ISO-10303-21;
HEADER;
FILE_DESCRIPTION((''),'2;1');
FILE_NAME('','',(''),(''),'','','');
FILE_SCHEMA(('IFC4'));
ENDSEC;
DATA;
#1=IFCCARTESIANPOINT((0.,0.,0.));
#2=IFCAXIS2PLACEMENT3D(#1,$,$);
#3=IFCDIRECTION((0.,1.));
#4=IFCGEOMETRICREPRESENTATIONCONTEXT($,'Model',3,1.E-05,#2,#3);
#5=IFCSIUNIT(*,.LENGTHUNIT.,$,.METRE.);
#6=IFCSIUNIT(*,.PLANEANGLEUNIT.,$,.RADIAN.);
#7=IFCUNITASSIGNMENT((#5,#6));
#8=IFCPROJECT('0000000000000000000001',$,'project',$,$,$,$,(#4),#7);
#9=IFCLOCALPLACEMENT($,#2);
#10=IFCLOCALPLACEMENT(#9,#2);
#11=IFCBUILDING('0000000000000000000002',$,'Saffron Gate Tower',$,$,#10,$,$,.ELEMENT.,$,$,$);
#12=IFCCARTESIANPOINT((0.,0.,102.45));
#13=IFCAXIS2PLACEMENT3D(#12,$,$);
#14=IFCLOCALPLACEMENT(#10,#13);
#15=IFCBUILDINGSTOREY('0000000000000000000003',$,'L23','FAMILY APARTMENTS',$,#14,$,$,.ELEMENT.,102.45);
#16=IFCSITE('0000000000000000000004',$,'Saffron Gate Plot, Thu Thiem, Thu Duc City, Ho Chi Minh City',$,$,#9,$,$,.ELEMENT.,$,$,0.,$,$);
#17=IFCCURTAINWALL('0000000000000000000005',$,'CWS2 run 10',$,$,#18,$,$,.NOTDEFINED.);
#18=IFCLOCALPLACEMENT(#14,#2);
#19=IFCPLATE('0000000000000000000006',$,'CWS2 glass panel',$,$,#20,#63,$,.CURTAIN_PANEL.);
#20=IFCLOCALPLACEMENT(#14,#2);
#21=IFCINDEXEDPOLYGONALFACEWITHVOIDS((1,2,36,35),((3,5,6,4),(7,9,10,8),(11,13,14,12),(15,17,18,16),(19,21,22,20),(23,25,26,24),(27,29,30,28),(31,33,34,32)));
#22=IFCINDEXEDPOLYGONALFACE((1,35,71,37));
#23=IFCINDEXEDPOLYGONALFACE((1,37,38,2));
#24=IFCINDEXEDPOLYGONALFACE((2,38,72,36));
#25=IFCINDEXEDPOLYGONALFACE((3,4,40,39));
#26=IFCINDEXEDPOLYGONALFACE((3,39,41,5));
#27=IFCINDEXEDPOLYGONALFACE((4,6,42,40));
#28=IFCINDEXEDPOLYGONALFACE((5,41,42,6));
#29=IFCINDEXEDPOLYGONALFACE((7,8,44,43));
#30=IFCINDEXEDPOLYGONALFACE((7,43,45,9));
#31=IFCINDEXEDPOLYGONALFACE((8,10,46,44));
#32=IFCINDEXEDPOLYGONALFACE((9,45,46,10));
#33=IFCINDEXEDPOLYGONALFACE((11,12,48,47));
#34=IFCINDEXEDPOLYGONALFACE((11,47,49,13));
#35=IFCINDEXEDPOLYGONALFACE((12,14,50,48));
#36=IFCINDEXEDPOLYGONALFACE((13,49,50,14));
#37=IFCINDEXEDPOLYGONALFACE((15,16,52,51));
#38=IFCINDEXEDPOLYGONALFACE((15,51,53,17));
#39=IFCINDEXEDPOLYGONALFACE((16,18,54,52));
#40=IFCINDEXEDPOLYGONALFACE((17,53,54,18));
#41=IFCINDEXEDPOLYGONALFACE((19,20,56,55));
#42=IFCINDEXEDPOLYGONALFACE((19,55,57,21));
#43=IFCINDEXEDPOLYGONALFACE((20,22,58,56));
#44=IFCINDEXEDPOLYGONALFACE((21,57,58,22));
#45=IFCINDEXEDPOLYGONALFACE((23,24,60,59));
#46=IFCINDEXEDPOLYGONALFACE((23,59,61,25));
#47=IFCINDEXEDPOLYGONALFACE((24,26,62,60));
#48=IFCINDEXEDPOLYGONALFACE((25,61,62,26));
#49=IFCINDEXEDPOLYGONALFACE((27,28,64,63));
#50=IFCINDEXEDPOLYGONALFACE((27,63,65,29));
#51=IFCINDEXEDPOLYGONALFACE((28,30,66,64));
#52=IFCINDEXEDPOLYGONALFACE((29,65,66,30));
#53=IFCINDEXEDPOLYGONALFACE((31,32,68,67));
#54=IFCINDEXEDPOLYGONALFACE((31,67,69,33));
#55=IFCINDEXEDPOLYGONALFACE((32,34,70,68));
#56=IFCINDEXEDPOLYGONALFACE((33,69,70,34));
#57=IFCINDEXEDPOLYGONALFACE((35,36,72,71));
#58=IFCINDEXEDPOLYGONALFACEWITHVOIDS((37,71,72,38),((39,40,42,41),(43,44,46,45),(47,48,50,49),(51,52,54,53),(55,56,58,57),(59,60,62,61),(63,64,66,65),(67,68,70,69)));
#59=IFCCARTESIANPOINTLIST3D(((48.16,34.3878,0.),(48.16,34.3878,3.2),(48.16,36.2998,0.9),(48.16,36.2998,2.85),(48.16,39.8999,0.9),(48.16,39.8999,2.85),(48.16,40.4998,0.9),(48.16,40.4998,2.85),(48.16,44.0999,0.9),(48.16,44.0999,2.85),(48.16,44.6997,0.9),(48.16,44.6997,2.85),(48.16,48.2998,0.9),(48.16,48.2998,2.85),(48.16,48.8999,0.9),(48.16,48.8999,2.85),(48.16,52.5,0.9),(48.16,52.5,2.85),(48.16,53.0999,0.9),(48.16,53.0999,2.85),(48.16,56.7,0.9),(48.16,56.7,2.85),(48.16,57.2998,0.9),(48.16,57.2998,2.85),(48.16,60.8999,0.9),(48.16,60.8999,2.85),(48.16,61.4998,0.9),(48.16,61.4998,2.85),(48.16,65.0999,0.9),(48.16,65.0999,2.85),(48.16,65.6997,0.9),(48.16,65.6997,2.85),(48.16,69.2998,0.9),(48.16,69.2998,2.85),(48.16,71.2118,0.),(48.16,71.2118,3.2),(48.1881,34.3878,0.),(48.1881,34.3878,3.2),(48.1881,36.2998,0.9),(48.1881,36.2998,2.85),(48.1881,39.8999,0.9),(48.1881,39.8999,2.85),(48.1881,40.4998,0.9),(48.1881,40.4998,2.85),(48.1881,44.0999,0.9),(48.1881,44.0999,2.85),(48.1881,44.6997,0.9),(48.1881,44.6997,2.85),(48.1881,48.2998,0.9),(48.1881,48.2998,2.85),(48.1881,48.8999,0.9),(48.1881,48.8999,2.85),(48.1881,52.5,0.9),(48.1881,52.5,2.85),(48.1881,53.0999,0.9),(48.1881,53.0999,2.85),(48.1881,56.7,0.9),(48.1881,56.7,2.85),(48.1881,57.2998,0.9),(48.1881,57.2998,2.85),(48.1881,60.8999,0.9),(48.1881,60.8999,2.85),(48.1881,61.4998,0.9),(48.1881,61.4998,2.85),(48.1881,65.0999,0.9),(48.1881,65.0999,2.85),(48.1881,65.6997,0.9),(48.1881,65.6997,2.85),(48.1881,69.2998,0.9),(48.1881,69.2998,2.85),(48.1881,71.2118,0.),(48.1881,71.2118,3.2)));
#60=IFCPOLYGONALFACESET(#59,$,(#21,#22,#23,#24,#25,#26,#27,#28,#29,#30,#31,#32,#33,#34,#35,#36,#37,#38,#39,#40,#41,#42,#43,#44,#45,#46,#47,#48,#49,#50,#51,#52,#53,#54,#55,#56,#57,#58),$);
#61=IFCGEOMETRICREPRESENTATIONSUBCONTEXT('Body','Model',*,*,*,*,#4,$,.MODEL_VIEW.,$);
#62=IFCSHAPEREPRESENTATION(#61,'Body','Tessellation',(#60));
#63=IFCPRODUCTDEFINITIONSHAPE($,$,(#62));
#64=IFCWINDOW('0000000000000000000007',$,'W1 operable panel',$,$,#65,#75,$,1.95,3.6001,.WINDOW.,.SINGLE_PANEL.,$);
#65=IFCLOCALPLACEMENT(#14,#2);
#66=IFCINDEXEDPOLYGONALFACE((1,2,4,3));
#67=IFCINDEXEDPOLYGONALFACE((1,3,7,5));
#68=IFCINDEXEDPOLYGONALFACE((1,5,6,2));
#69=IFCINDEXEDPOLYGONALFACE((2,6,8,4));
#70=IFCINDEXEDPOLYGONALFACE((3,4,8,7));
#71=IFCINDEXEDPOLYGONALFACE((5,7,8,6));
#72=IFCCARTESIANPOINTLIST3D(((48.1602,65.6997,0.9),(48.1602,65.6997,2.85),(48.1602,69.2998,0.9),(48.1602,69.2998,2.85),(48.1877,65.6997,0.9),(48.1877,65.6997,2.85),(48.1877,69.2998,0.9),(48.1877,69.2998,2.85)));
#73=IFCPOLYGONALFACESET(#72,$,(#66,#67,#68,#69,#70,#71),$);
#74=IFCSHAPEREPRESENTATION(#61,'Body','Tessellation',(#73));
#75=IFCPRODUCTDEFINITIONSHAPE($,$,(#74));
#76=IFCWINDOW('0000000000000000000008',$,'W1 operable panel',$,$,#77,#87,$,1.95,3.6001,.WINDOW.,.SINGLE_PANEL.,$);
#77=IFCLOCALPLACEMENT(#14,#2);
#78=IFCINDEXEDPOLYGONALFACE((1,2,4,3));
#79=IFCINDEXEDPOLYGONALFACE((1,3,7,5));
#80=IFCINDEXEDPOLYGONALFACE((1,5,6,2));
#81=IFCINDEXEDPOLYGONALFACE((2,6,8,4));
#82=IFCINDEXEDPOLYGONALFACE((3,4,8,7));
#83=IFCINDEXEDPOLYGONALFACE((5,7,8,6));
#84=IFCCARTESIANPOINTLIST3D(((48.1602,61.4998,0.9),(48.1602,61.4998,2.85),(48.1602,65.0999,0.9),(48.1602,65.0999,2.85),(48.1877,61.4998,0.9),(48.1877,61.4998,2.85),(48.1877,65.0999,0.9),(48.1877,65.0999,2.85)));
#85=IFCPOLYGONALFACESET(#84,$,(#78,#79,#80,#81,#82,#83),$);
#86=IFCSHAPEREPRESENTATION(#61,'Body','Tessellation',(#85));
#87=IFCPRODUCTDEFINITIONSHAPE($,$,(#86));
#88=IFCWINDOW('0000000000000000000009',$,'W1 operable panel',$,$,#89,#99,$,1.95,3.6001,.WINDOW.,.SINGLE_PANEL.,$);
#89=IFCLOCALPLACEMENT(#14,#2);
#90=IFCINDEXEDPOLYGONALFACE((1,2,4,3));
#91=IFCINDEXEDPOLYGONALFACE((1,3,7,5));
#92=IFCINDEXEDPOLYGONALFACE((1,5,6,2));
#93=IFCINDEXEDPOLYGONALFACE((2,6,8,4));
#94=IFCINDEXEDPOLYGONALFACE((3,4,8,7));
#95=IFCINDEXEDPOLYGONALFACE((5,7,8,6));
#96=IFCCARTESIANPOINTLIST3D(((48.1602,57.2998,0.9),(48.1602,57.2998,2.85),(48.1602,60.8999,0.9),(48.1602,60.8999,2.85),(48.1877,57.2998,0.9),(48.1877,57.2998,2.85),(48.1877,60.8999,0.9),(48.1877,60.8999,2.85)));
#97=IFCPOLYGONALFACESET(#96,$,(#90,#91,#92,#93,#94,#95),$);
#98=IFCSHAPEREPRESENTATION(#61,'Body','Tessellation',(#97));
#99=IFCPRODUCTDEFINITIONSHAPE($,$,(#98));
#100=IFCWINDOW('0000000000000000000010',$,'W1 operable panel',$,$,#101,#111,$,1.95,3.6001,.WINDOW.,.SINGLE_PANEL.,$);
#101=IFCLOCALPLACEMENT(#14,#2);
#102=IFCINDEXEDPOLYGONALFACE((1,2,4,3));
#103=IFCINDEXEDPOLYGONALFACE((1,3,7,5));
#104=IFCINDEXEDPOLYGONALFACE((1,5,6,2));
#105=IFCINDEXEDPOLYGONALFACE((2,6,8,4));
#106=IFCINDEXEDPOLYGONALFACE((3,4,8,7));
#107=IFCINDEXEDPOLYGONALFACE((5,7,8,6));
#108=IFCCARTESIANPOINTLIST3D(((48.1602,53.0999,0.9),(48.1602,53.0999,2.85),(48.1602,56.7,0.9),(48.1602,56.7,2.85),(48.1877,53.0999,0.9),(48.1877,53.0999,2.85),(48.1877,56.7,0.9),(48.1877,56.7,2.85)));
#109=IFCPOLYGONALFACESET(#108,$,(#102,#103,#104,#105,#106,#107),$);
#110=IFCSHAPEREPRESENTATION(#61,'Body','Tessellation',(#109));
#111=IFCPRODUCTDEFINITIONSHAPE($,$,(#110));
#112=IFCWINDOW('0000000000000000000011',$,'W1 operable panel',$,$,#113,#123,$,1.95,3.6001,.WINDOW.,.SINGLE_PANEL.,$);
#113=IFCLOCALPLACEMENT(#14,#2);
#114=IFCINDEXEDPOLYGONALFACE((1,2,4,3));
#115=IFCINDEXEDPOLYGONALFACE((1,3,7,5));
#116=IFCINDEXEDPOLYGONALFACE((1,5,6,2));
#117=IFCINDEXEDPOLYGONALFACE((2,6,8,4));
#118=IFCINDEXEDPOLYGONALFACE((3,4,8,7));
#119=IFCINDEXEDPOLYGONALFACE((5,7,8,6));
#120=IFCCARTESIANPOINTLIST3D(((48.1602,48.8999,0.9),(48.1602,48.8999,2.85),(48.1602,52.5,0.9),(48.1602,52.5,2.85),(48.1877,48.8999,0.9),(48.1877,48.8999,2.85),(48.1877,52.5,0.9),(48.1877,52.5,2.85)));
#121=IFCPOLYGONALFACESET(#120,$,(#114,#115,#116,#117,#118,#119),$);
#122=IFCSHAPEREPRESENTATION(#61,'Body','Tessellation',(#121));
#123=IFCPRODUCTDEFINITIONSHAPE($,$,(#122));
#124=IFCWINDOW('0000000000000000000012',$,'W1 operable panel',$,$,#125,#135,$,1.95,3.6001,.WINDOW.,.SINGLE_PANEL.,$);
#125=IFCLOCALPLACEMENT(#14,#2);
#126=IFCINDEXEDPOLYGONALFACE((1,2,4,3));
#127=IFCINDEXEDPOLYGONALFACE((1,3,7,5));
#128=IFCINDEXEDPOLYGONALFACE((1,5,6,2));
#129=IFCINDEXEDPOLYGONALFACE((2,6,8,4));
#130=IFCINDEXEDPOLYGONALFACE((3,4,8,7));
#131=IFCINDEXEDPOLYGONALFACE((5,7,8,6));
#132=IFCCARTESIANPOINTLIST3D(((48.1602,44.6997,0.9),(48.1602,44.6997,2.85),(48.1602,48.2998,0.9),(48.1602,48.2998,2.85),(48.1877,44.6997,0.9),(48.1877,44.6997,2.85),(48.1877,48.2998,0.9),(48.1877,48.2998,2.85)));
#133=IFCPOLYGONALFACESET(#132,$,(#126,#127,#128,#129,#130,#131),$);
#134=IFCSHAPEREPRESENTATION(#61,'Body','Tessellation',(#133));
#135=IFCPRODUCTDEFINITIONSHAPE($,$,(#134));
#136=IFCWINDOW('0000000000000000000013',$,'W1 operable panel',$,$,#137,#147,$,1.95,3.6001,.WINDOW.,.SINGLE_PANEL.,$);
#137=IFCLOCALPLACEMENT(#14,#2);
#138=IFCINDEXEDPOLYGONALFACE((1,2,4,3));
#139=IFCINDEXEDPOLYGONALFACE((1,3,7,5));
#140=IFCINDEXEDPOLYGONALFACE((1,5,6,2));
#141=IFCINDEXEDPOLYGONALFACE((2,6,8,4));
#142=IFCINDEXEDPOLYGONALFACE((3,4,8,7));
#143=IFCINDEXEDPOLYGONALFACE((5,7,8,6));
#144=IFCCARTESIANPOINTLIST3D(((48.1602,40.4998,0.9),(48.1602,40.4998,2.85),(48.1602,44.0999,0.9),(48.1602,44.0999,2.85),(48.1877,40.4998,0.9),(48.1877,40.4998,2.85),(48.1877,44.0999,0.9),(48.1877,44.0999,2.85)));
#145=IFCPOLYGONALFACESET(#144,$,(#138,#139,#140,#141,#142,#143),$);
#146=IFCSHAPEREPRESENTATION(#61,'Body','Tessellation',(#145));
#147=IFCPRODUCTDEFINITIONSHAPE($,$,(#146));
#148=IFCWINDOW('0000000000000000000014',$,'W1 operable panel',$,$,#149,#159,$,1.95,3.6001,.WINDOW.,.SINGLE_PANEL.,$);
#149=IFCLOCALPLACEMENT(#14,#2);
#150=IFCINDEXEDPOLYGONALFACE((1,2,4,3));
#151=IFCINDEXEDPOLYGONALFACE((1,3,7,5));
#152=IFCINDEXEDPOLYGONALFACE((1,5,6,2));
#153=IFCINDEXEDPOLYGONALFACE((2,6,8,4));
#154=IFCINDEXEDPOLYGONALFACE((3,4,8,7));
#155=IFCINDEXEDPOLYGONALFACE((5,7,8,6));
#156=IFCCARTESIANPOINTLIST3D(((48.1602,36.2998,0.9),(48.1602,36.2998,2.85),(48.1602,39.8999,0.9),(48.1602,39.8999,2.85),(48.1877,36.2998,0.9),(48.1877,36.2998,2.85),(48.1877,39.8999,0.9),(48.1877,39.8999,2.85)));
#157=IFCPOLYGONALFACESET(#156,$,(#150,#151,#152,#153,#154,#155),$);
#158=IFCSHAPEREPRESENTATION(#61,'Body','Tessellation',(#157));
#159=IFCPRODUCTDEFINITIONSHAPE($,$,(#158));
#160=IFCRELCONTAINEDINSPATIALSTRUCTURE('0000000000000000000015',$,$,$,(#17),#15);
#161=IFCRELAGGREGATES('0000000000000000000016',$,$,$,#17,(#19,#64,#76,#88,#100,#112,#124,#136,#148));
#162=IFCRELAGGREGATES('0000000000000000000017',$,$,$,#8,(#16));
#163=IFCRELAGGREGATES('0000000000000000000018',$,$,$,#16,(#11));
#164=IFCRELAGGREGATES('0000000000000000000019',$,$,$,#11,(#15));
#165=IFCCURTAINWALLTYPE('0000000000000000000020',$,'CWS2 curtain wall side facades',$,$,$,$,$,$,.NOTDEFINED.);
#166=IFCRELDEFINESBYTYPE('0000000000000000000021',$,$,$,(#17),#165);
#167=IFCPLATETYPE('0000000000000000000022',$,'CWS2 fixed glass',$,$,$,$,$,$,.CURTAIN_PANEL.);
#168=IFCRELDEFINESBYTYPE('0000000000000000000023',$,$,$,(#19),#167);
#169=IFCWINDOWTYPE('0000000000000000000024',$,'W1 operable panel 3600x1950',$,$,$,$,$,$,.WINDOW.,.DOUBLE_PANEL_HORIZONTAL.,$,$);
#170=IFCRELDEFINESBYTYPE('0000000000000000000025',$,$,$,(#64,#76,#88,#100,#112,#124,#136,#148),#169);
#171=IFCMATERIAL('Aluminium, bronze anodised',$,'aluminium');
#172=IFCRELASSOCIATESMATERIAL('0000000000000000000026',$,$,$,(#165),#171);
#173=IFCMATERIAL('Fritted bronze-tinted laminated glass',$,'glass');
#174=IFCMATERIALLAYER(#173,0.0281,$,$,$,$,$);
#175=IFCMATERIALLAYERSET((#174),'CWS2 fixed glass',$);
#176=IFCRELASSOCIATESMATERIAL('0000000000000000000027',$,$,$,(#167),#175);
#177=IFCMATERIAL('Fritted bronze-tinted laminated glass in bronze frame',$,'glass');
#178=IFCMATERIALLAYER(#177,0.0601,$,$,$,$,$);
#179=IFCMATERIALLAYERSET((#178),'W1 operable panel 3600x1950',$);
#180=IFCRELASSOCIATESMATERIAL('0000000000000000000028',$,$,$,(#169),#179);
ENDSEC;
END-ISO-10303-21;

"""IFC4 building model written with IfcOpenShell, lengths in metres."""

from ifc_helpers import new_model, si_unit, direction, frame, frame_2d, origin, place, context, subcontext, project, spatial, rectangle, extrude, material, layer, layer_set, type_object, element, fill, aggregate, save


model = new_model("IFC4")

# Units and contexts
model_context = context("Model", 3, precision=1e-05, world=origin(), true_north=direction((0.0, 1.0)))
body_context = subcontext(model_context, "Body", "Model", "MODEL_VIEW")
ifc_project = project(units=[si_unit("LENGTHUNIT", "METRE"), si_unit("PLANEANGLEUNIT", "RADIAN")], contexts=[model_context])

# Site, building, storey
site_placement = place(None, origin())
site = spatial("IfcSite", under=ifc_project, at=site_placement, Name="Saffron Gate Plot, Thu Thiem, Thu Duc City, Ho Chi Minh City", CompositionType="ELEMENT", RefElevation=0.0)
building_placement = place(site_placement, origin())
building = spatial("IfcBuilding", under=site, at=building_placement, Name="Saffron Gate Tower", CompositionType="ELEMENT")
storey_placement = place(building_placement, frame((0.0, 0.0, 102.45)))
storey = spatial("IfcBuildingStorey", under=building, at=storey_placement, Name="L23", Description="FAMILY APARTMENTS", CompositionType="ELEMENT", Elevation=102.45)

# Curtain wall
ifc_material_1 = material(Name="Aluminium, bronze anodised", Category="aluminium")
curtain_wall_type_1 = type_object("IfcCurtainWallType", Name="CWS2 curtain wall side facades", PredefinedType="NOTDEFINED", material=ifc_material_1)
curtain_wall_1_placement = place(storey_placement, origin())
curtain_wall_1 = element("IfcCurtainWall", 1, at=curtain_wall_1_placement, inside=storey, type_object=curtain_wall_type_1, Name="CWS2 run 10", PredefinedType="NOTDEFINED")

# Plate, openings, windows
ifc_material_2 = material(Name="Fritted bronze-tinted laminated glass", Category="glass")
ifc_layer_1 = layer(ifc_material_2, 0.0281)
ifc_layer_set_1 = layer_set([ifc_layer_1], Name="CWS2 fixed glass")
plate_type = type_object("IfcPlateType", Name="CWS2 fixed glass", PredefinedType="CURTAIN_PANEL", material=ifc_layer_set_1)
plate_placement = place(storey_placement, frame((48.1741, 71.2119, 0.0), z_axis=(0.0, 0.0, 1.0), x_axis=(0.0, -1.0, 0.0)))
plate = element("IfcPlate", 2, at=plate_placement, type_object=plate_type, Name="CWS2 glass panel", PredefinedType="CURTAIN_PANEL", context=body_context, shape_type="SweptSolid", body=[
    extrude(rectangle(XDim=36.824, YDim=0.0281, at=frame_2d((18.4121, 0.0))), origin(), (0.0, 0.0, 1.0), 3.2),
])
opening_1_placement = place(plate_placement, frame((1.9121, 0.0, 0.8999)))
opening_1 = element("IfcOpeningElement", 3, at=opening_1_placement, cuts=plate, PredefinedType="OPENING", context=body_context, shape_type="SweptSolid", body=[
    extrude(rectangle(XDim=3.6001, YDim=1.95, at=frame_2d((1.8, 0.9751))), frame((0.0, 0.0239, 0.0), z_axis=(0.0, -1.0, 0.0), x_axis=(1.0, 0.0, 0.0)), (0.0, 0.0, 1.0), 0.0481),
])
opening_2_placement = place(plate_placement, frame((6.1121, 0.0, 0.8999)))
opening_2 = element("IfcOpeningElement", 4, at=opening_2_placement, cuts=plate, PredefinedType="OPENING", context=body_context, shape_type="SweptSolid", body=[
    extrude(rectangle(XDim=3.6001, YDim=1.95, at=frame_2d((1.8, 0.9751))), frame((0.0, 0.0239, 0.0), z_axis=(0.0, -1.0, 0.0), x_axis=(1.0, 0.0, 0.0)), (0.0, 0.0, 1.0), 0.0481),
])
opening_3_placement = place(plate_placement, frame((10.312, 0.0, 0.8999)))
opening_3 = element("IfcOpeningElement", 5, at=opening_3_placement, cuts=plate, PredefinedType="OPENING", context=body_context, shape_type="SweptSolid", body=[
    extrude(rectangle(XDim=3.6001, YDim=1.95, at=frame_2d((1.8, 0.9751))), frame((0.0, 0.0239, 0.0), z_axis=(0.0, -1.0, 0.0), x_axis=(1.0, 0.0, 0.0)), (0.0, 0.0, 1.0), 0.0481),
])
opening_4_placement = place(plate_placement, frame((14.512, 0.0, 0.8999)))
opening_4 = element("IfcOpeningElement", 6, at=opening_4_placement, cuts=plate, PredefinedType="OPENING", context=body_context, shape_type="SweptSolid", body=[
    extrude(rectangle(XDim=3.6001, YDim=1.95, at=frame_2d((1.8, 0.9751))), frame((0.0, 0.0239, 0.0), z_axis=(0.0, -1.0, 0.0), x_axis=(1.0, 0.0, 0.0)), (0.0, 0.0, 1.0), 0.0481),
])
opening_5_placement = place(plate_placement, frame((18.7119, 0.0, 0.8999)))
opening_5 = element("IfcOpeningElement", 7, at=opening_5_placement, cuts=plate, PredefinedType="OPENING", context=body_context, shape_type="SweptSolid", body=[
    extrude(rectangle(XDim=3.6001, YDim=1.95, at=frame_2d((1.8, 0.9751))), frame((0.0, 0.0239, 0.0), z_axis=(0.0, -1.0, 0.0), x_axis=(1.0, 0.0, 0.0)), (0.0, 0.0, 1.0), 0.0481),
])
opening_6_placement = place(plate_placement, frame((22.9121, 0.0, 0.8999)))
opening_6 = element("IfcOpeningElement", 8, at=opening_6_placement, cuts=plate, PredefinedType="OPENING", context=body_context, shape_type="SweptSolid", body=[
    extrude(rectangle(XDim=3.6001, YDim=1.95, at=frame_2d((1.8, 0.9751))), frame((0.0, 0.0239, 0.0), z_axis=(0.0, -1.0, 0.0), x_axis=(1.0, 0.0, 0.0)), (0.0, 0.0, 1.0), 0.0481),
])
opening_7_placement = place(plate_placement, frame((27.1121, 0.0, 0.8999)))
opening_7 = element("IfcOpeningElement", 9, at=opening_7_placement, cuts=plate, PredefinedType="OPENING", context=body_context, shape_type="SweptSolid", body=[
    extrude(rectangle(XDim=3.6001, YDim=1.95, at=frame_2d((1.8, 0.9751))), frame((0.0, 0.0239, 0.0), z_axis=(0.0, -1.0, 0.0), x_axis=(1.0, 0.0, 0.0)), (0.0, 0.0, 1.0), 0.0481),
])
opening_8_placement = place(plate_placement, frame((31.312, 0.0, 0.8999)))
opening_8 = element("IfcOpeningElement", 10, at=opening_8_placement, cuts=plate, PredefinedType="OPENING", context=body_context, shape_type="SweptSolid", body=[
    extrude(rectangle(XDim=3.6001, YDim=1.95, at=frame_2d((1.8, 0.9751))), frame((0.0, 0.0239, 0.0), z_axis=(0.0, -1.0, 0.0), x_axis=(1.0, 0.0, 0.0)), (0.0, 0.0, 1.0), 0.0481),
])
ifc_material_3 = material(Name="Fritted bronze-tinted laminated glass in bronze frame", Category="glass")
ifc_layer_2 = layer(ifc_material_3, 0.0601)
ifc_layer_set_2 = layer_set([ifc_layer_2], Name="W1 operable panel 3600x1950")
window_type = type_object("IfcWindowType", Name="W1 operable panel 3600x1950", PartitioningType="DOUBLE_PANEL_HORIZONTAL", PredefinedType="WINDOW", material=ifc_layer_set_2)
window_1_placement = place(opening_1_placement, origin())
window_1 = element("IfcWindow", 11, at=window_1_placement, type_object=window_type, Name="W1 operable panel", OverallHeight=1.95, OverallWidth=3.6001, PartitioningType="SINGLE_PANEL", PredefinedType="WINDOW", context=body_context, shape_type="SweptSolid", body=[
    extrude(rectangle(XDim=3.6001, YDim=1.95, at=frame_2d((1.8, 0.9751))), frame((0.0, 0.0137, 0.0), z_axis=(0.0, -1.0, 0.0), x_axis=(1.0, 0.0, 0.0)), (0.0, 0.0, 1.0), 0.0276),
])
fill(opening_1, window_1)
window_2_placement = place(opening_2_placement, origin())
window_2 = element("IfcWindow", 12, at=window_2_placement, type_object=window_type, Name="W1 operable panel", OverallHeight=1.95, OverallWidth=3.6001, PartitioningType="SINGLE_PANEL", PredefinedType="WINDOW", context=body_context, shape_type="SweptSolid", body=[
    extrude(rectangle(XDim=3.6001, YDim=1.95, at=frame_2d((1.8, 0.9751))), frame((0.0, 0.0137, 0.0), z_axis=(0.0, -1.0, 0.0), x_axis=(1.0, 0.0, 0.0)), (0.0, 0.0, 1.0), 0.0276),
])
fill(opening_2, window_2)
window_3_placement = place(opening_3_placement, origin())
window_3 = element("IfcWindow", 13, at=window_3_placement, type_object=window_type, Name="W1 operable panel", OverallHeight=1.95, OverallWidth=3.6001, PartitioningType="SINGLE_PANEL", PredefinedType="WINDOW", context=body_context, shape_type="SweptSolid", body=[
    extrude(rectangle(XDim=3.6001, YDim=1.95, at=frame_2d((1.8, 0.9751))), frame((0.0, 0.0137, 0.0), z_axis=(0.0, -1.0, 0.0), x_axis=(1.0, 0.0, 0.0)), (0.0, 0.0, 1.0), 0.0276),
])
fill(opening_3, window_3)
window_4_placement = place(opening_4_placement, origin())
window_4 = element("IfcWindow", 14, at=window_4_placement, type_object=window_type, Name="W1 operable panel", OverallHeight=1.95, OverallWidth=3.6001, PartitioningType="SINGLE_PANEL", PredefinedType="WINDOW", context=body_context, shape_type="SweptSolid", body=[
    extrude(rectangle(XDim=3.6001, YDim=1.95, at=frame_2d((1.8, 0.9751))), frame((0.0, 0.0137, 0.0), z_axis=(0.0, -1.0, 0.0), x_axis=(1.0, 0.0, 0.0)), (0.0, 0.0, 1.0), 0.0276),
])
fill(opening_4, window_4)
window_5_placement = place(opening_5_placement, origin())
window_5 = element("IfcWindow", 15, at=window_5_placement, type_object=window_type, Name="W1 operable panel", OverallHeight=1.95, OverallWidth=3.6001, PartitioningType="SINGLE_PANEL", PredefinedType="WINDOW", context=body_context, shape_type="SweptSolid", body=[
    extrude(rectangle(XDim=3.6001, YDim=1.95, at=frame_2d((1.8, 0.9751))), frame((0.0, 0.0137, 0.0), z_axis=(0.0, -1.0, 0.0), x_axis=(1.0, 0.0, 0.0)), (0.0, 0.0, 1.0), 0.0276),
])
fill(opening_5, window_5)
window_6_placement = place(opening_6_placement, origin())
window_6 = element("IfcWindow", 16, at=window_6_placement, type_object=window_type, Name="W1 operable panel", OverallHeight=1.95, OverallWidth=3.6001, PartitioningType="SINGLE_PANEL", PredefinedType="WINDOW", context=body_context, shape_type="SweptSolid", body=[
    extrude(rectangle(XDim=3.6001, YDim=1.95, at=frame_2d((1.8, 0.9751))), frame((0.0, 0.0137, 0.0), z_axis=(0.0, -1.0, 0.0), x_axis=(1.0, 0.0, 0.0)), (0.0, 0.0, 1.0), 0.0276),
])
fill(opening_6, window_6)
window_7_placement = place(opening_7_placement, origin())
window_7 = element("IfcWindow", 17, at=window_7_placement, type_object=window_type, Name="W1 operable panel", OverallHeight=1.95, OverallWidth=3.6001, PartitioningType="SINGLE_PANEL", PredefinedType="WINDOW", context=body_context, shape_type="SweptSolid", body=[
    extrude(rectangle(XDim=3.6001, YDim=1.95, at=frame_2d((1.8, 0.9751))), frame((0.0, 0.0137, 0.0), z_axis=(0.0, -1.0, 0.0), x_axis=(1.0, 0.0, 0.0)), (0.0, 0.0, 1.0), 0.0276),
])
fill(opening_7, window_7)
window_8_placement = place(opening_8_placement, origin())
window_8 = element("IfcWindow", 18, at=window_8_placement, type_object=window_type, Name="W1 operable panel", OverallHeight=1.95, OverallWidth=3.6001, PartitioningType="SINGLE_PANEL", PredefinedType="WINDOW", context=body_context, shape_type="SweptSolid", body=[
    extrude(rectangle(XDim=3.6001, YDim=1.95, at=frame_2d((1.8, 0.9751))), frame((0.0, 0.0137, 0.0), z_axis=(0.0, -1.0, 0.0), x_axis=(1.0, 0.0, 0.0)), (0.0, 0.0, 1.0), 0.0276),
])
fill(opening_8, window_8)
aggregate(curtain_wall_1, [plate, window_1, window_2, window_3, window_4, window_5, window_6, window_7, window_8])

save(model, "model.ifc")
